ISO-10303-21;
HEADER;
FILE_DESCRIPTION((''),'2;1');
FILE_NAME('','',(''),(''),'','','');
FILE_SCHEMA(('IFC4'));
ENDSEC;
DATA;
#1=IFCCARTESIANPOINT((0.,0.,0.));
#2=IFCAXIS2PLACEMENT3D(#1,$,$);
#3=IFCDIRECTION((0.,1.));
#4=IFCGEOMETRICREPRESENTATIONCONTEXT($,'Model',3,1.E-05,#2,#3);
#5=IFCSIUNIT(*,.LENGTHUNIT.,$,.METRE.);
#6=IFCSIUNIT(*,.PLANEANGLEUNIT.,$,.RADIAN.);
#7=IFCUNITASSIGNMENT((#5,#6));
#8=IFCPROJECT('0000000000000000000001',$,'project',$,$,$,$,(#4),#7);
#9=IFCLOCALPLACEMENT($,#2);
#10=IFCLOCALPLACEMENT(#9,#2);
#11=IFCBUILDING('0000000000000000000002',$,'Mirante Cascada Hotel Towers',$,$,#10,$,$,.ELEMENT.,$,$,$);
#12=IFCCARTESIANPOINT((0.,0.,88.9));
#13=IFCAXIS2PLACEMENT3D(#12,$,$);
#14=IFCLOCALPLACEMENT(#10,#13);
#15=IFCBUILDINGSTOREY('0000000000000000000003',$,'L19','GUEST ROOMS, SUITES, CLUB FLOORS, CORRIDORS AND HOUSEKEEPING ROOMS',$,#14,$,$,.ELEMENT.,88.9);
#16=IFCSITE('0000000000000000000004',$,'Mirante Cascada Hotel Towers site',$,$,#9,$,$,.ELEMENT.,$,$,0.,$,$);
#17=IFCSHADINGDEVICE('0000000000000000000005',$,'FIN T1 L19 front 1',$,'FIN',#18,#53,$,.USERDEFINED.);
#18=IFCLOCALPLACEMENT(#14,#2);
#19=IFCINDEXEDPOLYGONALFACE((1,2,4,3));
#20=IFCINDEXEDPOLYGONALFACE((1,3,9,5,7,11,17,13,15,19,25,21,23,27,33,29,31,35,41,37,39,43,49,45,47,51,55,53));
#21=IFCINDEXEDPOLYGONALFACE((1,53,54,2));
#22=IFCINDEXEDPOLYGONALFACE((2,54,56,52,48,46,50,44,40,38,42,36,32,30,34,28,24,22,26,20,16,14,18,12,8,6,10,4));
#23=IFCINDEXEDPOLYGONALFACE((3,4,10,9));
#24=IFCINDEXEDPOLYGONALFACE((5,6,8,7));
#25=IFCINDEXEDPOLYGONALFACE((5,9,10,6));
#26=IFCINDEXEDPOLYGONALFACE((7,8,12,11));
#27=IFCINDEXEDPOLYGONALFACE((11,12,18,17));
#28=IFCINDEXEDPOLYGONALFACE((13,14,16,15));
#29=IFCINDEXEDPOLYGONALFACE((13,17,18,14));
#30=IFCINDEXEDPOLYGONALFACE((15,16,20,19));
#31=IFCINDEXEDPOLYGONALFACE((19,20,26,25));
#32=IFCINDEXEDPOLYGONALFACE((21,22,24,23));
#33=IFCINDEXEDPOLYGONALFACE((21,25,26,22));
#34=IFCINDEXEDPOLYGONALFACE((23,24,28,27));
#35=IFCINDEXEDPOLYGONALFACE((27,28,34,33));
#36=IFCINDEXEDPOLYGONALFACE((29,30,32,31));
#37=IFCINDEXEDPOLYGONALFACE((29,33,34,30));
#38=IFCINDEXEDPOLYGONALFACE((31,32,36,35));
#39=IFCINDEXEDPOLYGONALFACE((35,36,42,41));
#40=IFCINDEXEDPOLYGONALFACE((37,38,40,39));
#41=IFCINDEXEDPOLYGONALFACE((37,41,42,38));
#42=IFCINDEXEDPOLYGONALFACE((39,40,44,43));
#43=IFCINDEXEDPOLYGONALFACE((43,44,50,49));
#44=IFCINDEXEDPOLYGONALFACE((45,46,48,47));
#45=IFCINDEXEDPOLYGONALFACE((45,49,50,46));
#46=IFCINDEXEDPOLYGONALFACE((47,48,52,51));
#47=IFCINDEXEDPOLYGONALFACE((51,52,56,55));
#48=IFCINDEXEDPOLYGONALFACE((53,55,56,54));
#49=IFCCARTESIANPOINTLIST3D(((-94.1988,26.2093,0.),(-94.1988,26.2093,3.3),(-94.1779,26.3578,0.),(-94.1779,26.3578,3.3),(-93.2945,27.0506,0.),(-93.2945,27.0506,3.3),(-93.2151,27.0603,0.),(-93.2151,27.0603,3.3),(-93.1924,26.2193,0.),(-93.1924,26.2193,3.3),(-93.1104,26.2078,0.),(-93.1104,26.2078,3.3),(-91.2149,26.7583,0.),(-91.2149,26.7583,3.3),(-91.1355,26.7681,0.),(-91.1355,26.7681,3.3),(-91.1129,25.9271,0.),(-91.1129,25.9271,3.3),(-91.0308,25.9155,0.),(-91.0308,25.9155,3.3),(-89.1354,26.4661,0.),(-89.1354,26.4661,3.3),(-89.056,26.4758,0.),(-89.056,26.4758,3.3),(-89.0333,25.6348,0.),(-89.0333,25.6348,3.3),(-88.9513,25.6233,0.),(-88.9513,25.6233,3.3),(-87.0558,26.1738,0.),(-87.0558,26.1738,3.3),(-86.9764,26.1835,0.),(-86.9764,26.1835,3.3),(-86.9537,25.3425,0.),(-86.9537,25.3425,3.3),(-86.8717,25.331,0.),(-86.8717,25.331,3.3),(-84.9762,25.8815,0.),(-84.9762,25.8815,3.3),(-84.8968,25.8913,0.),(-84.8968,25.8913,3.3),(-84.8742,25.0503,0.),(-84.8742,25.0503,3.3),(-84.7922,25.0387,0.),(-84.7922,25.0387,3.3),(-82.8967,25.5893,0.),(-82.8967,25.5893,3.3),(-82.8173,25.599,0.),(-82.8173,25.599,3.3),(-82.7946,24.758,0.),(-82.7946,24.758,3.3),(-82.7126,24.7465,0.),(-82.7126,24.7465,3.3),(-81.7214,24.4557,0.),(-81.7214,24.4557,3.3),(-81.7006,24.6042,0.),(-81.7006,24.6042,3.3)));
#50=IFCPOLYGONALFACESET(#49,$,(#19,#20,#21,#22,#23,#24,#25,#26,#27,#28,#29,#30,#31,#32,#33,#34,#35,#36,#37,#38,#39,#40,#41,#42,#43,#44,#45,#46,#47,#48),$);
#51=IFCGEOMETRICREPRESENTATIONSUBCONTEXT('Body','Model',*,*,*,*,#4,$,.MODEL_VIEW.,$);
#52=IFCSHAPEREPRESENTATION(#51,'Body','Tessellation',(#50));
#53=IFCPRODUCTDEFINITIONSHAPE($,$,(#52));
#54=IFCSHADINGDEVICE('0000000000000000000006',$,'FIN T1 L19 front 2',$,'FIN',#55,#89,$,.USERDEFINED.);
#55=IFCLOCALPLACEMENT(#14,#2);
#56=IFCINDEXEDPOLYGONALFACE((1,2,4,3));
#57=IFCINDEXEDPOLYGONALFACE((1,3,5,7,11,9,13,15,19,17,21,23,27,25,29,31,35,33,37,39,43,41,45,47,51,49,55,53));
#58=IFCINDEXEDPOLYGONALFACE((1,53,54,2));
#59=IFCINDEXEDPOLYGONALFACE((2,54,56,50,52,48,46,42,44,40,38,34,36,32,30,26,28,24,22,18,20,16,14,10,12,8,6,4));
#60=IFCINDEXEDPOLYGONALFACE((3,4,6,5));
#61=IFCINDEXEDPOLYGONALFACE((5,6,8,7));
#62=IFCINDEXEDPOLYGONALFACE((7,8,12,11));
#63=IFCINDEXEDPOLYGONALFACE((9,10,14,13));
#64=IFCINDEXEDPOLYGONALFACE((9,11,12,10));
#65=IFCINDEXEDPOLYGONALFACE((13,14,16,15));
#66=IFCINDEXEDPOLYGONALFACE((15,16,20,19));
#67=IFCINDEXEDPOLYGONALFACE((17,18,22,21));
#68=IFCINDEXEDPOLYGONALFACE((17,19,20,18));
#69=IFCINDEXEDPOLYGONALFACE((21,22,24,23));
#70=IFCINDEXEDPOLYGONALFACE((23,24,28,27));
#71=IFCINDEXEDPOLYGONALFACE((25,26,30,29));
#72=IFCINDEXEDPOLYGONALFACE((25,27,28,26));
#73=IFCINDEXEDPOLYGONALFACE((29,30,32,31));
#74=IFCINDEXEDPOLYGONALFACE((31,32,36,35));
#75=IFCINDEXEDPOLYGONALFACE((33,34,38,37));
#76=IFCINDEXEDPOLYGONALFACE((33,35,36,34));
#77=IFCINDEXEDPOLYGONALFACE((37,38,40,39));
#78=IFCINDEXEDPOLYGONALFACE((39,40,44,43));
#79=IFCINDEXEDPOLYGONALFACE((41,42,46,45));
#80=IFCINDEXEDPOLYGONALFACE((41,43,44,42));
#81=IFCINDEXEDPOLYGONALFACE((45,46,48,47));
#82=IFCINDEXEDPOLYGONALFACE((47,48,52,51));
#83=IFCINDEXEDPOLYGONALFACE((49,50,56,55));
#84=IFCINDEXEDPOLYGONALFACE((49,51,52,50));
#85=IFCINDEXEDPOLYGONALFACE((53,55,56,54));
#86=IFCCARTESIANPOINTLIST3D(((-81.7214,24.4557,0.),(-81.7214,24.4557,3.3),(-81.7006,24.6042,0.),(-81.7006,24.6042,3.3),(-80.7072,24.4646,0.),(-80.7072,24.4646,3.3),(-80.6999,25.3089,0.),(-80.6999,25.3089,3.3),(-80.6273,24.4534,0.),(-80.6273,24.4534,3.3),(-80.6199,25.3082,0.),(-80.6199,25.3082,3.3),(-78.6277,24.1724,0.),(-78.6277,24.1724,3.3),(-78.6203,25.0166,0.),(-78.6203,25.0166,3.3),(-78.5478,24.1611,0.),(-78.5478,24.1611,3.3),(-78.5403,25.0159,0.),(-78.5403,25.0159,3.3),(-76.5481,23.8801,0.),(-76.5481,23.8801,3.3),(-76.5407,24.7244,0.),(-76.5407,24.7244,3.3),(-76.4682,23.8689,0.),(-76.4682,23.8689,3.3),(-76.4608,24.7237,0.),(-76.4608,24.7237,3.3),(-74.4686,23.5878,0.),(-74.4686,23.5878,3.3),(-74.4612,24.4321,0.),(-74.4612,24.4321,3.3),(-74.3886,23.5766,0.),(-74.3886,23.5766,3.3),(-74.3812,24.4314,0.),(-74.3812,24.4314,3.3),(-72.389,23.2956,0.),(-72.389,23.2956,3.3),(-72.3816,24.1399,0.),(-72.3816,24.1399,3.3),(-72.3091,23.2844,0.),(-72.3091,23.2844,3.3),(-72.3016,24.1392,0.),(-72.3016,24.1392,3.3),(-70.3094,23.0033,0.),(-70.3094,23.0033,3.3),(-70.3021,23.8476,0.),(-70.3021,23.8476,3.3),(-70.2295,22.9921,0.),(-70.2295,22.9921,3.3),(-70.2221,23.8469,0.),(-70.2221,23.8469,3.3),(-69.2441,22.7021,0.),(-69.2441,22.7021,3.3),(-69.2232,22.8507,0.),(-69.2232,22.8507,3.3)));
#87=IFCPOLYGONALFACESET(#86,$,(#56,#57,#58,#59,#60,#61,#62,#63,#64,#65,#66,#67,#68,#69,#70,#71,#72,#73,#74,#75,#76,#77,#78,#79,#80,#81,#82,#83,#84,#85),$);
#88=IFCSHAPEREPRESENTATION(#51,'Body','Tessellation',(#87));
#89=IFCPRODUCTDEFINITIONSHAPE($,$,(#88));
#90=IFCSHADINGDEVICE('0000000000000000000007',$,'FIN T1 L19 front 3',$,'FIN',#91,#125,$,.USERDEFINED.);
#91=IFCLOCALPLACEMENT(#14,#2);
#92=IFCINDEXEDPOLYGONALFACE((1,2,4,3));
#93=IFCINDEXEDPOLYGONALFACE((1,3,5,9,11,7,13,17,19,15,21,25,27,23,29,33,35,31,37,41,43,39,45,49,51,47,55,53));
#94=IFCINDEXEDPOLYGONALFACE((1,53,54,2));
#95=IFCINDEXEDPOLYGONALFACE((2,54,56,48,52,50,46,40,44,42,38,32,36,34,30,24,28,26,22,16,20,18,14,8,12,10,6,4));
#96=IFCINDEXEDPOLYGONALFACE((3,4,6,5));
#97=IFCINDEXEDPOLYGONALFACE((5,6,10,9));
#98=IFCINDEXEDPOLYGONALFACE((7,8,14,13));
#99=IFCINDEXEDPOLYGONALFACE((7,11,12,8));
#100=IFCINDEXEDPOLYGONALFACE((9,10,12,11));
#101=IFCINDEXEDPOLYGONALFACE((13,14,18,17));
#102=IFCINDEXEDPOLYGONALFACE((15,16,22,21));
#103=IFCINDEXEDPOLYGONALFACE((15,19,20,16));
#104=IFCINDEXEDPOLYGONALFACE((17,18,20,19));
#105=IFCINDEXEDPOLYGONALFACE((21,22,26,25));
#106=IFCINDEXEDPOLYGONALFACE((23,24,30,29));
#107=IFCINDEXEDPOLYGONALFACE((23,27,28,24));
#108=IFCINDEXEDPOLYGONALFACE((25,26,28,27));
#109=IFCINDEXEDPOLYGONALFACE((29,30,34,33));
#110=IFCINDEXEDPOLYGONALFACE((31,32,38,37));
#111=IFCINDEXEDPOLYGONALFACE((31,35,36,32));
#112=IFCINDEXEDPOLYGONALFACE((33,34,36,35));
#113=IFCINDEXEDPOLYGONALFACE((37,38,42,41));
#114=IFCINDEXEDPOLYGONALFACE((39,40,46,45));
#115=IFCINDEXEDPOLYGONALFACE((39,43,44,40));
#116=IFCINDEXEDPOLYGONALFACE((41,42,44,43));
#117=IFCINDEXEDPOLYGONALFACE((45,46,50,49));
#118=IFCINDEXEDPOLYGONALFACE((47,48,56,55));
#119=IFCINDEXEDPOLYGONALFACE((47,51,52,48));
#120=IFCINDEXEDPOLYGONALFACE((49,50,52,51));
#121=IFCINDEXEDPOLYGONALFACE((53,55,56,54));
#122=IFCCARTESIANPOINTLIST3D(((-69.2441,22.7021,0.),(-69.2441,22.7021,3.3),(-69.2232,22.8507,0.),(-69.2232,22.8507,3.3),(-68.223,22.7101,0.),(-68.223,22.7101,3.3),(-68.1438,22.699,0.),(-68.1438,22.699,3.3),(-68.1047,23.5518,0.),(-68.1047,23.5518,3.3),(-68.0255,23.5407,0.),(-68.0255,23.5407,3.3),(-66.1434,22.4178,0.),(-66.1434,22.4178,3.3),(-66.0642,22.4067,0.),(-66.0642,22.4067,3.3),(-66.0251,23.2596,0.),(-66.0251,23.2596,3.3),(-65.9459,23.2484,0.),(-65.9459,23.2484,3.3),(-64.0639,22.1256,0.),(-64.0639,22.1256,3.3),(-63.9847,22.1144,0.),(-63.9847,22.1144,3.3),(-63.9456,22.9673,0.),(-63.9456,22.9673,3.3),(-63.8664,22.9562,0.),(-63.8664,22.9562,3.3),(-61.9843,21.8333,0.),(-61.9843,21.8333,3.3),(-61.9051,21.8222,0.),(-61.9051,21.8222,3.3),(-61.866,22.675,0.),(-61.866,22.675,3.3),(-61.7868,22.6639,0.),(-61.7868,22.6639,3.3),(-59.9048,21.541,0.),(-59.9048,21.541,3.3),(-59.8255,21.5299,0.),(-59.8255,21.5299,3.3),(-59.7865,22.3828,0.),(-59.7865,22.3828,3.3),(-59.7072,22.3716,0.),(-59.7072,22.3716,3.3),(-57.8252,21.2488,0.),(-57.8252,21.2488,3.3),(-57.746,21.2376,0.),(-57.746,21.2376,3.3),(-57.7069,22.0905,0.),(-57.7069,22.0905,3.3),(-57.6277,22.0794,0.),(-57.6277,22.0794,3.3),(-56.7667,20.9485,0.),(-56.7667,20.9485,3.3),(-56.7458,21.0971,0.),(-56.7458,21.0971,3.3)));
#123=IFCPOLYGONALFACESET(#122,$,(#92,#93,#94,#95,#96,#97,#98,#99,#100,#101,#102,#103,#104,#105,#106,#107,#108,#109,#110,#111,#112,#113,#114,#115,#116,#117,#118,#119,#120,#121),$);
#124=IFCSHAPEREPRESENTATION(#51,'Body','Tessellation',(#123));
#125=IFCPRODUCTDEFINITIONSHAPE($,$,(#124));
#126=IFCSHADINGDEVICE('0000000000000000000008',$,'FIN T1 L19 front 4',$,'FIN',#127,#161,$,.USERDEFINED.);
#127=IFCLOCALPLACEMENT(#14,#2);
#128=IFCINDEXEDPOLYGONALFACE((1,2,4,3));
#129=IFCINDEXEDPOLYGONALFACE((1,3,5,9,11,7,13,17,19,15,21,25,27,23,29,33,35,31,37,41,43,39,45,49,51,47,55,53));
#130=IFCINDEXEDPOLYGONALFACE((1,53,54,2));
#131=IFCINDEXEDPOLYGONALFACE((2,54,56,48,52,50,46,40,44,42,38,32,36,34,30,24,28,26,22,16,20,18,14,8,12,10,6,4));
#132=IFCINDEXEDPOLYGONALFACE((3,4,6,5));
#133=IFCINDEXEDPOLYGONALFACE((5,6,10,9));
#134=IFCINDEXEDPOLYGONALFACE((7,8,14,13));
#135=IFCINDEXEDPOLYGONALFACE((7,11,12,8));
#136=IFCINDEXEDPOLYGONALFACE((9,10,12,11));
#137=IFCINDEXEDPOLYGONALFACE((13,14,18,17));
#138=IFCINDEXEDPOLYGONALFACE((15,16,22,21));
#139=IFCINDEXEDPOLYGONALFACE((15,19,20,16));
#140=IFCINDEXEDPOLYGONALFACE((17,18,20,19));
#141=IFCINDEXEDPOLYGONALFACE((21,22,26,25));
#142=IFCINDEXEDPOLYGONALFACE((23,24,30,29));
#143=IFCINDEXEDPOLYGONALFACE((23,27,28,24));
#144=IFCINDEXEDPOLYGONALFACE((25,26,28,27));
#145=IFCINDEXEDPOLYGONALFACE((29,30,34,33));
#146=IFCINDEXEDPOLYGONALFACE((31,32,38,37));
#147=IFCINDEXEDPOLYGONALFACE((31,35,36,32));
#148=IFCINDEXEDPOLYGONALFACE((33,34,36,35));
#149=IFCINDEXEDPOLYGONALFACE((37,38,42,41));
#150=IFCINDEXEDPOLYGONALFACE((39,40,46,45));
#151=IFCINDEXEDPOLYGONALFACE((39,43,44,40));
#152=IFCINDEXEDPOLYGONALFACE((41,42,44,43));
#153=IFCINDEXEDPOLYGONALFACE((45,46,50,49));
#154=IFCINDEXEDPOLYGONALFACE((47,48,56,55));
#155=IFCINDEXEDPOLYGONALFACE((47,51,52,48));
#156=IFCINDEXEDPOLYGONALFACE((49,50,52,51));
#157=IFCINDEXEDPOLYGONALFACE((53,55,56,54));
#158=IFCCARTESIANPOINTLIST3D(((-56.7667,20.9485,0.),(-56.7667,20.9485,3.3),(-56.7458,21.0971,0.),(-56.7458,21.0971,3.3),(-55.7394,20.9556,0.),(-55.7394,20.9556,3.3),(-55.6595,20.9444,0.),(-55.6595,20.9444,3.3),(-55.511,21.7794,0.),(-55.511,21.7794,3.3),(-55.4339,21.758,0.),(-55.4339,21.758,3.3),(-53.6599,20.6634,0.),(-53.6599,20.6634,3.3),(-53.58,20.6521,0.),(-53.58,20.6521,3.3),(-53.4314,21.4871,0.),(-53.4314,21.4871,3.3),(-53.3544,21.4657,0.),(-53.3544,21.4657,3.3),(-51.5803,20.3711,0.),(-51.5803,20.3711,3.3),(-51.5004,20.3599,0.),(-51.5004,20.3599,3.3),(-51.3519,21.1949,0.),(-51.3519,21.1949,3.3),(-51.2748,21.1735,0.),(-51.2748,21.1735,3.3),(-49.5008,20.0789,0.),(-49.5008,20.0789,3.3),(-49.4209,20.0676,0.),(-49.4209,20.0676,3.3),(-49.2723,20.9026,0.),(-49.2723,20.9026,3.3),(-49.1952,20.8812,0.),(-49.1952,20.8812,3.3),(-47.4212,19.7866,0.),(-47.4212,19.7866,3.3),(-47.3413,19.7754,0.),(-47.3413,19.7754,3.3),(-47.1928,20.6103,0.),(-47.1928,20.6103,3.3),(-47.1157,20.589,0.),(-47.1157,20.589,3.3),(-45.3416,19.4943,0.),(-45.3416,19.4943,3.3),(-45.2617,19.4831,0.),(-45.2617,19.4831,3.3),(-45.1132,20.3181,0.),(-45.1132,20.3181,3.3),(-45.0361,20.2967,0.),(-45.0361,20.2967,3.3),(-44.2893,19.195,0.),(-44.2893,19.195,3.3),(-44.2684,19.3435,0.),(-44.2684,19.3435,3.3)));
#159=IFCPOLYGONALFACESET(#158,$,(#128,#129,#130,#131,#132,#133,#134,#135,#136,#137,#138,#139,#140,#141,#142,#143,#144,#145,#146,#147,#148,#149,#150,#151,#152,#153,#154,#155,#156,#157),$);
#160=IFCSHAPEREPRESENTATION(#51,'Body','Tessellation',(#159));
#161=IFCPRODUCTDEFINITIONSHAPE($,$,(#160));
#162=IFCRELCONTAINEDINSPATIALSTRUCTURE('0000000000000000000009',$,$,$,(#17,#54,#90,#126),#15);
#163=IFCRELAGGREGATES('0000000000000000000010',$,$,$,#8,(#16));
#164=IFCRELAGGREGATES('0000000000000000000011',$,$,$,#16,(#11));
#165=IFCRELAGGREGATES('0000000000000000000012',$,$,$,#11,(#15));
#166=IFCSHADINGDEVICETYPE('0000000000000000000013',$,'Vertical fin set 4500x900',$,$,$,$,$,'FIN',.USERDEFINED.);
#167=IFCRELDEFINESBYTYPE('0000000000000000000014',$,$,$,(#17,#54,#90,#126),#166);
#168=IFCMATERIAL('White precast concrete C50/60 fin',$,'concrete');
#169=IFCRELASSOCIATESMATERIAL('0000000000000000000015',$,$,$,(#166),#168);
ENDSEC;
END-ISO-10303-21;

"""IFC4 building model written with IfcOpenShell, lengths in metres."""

from ifc_helpers import new_model, si_unit, direction, frame, origin, place, context, subcontext, project, spatial, polyline, outline, extrude, material, type_object, element, save


model = new_model("IFC4")

# Units and contexts
model_context = context("Model", 3, precision=1e-05, world=origin(), true_north=direction((0.0, 1.0)))
body_context = subcontext(model_context, "Body", "Model", "MODEL_VIEW")
ifc_project = project(units=[si_unit("LENGTHUNIT", "METRE"), si_unit("PLANEANGLEUNIT", "RADIAN")], contexts=[model_context])

# Site, building, storey
site_placement = place(None, origin())
site = spatial("IfcSite", under=ifc_project, at=site_placement, Name="Mirante Cascada Hotel Towers site", CompositionType="ELEMENT", RefElevation=0.0)
building_placement = place(site_placement, origin())
building = spatial("IfcBuilding", under=site, at=building_placement, Name="Mirante Cascada Hotel Towers", CompositionType="ELEMENT")
storey_placement = place(building_placement, frame((0.0, 0.0, 88.9)))
storey = spatial("IfcBuildingStorey", under=building, at=storey_placement, Name="L19", Description="GUEST ROOMS, SUITES, CLUB FLOORS, CORRIDORS AND HOUSEKEEPING ROOMS", CompositionType="ELEMENT", Elevation=88.9)

# Shading devices
ifc_material_1 = material(Name="White precast concrete C50/60 fin", Category="concrete")
shading_device_type = type_object("IfcShadingDeviceType", Name="Vertical fin set 4500x900", ElementType="FIN", PredefinedType="USERDEFINED", material=ifc_material_1)
shading_device_1_placement = place(storey_placement, origin())
element("IfcShadingDevice", 1, at=shading_device_1_placement, inside=storey, type_object=shading_device_type, Name="FIN T1 L19 front 1", ObjectType="FIN", PredefinedType="USERDEFINED", context=body_context, shape_type="SweptSolid", body=[
    extrude(outline(polyline([(-82.8173, 25.599), (-82.7126, 24.7465), (-81.7006, 24.6042), (-81.7214, 24.4557), (-94.1988, 26.2093), (-94.1779, 26.3578), (-93.1924, 26.2193), (-93.2945, 27.0506), (-93.2151, 27.0603), (-93.1104, 26.2078), (-91.1129, 25.9271), (-91.2149, 26.7583), (-91.1355, 26.7681), (-91.0308, 25.9155), (-89.0333, 25.6348), (-89.1354, 26.4661), (-89.056, 26.4758), (-88.9513, 25.6233), (-86.9537, 25.3425), (-87.0558, 26.1738), (-86.9764, 26.1835), (-86.8717, 25.331), (-84.8742, 25.0503), (-84.9762, 25.8815), (-84.8968, 25.8913), (-84.7922, 25.0387), (-82.7946, 24.758), (-82.8967, 25.5893), (-82.8173, 25.599)])), origin(), (0.0, 0.0, 1.0), 3.3),
])
shading_device_2_placement = place(storey_placement, origin())
element("IfcShadingDevice", 2, at=shading_device_2_placement, inside=storey, type_object=shading_device_type, Name="FIN T1 L19 front 2", ObjectType="FIN", PredefinedType="USERDEFINED", context=body_context, shape_type="SweptSolid", body=[
    extrude(outline(polyline([(-70.2221, 23.8469), (-70.2295, 22.9921), (-69.2232, 22.8507), (-69.2441, 22.7021), (-81.7214, 24.4557), (-81.7006, 24.6042), (-80.7072, 24.4646), (-80.6999, 25.3089), (-80.6199, 25.3082), (-80.6273, 24.4534), (-78.6277, 24.1724), (-78.6203, 25.0166), (-78.5403, 25.0159), (-78.5478, 24.1611), (-76.5481, 23.8801), (-76.5407, 24.7244), (-76.4608, 24.7237), (-76.4682, 23.8689), (-74.4686, 23.5878), (-74.4612, 24.4321), (-74.3812, 24.4314), (-74.3886, 23.5766), (-72.389, 23.2956), (-72.3816, 24.1399), (-72.3016, 24.1392), (-72.3091, 23.2844), (-70.3094, 23.0033), (-70.3021, 23.8476), (-70.2221, 23.8469)])), origin(), (0.0, 0.0, 1.0), 3.3),
])
shading_device_3_placement = place(storey_placement, origin())
element("IfcShadingDevice", 3, at=shading_device_3_placement, inside=storey, type_object=shading_device_type, Name="FIN T1 L19 front 3", ObjectType="FIN", PredefinedType="USERDEFINED", context=body_context, shape_type="SweptSolid", body=[
    extrude(outline(polyline([(-57.6277, 22.0794), (-57.746, 21.2376), (-56.7458, 21.0971), (-56.7667, 20.9485), (-69.2441, 22.7021), (-69.2232, 22.8507), (-68.223, 22.7101), (-68.1047, 23.5518), (-68.0255, 23.5407), (-68.1438, 22.699), (-66.1434, 22.4178), (-66.0251, 23.2596), (-65.9459, 23.2484), (-66.0642, 22.4067), (-64.0639, 22.1256), (-63.9456, 22.9673), (-63.8664, 22.9562), (-63.9847, 22.1144), (-61.9843, 21.8333), (-61.866, 22.675), (-61.7868, 22.6639), (-61.9051, 21.8222), (-59.9048, 21.541), (-59.7865, 22.3828), (-59.7072, 22.3716), (-59.8255, 21.5299), (-57.8252, 21.2488), (-57.7069, 22.0905), (-57.6277, 22.0794)])), origin(), (0.0, 0.0, 1.0), 3.3),
])
shading_device_4_placement = place(storey_placement, origin())
element("IfcShadingDevice", 4, at=shading_device_4_placement, inside=storey, type_object=shading_device_type, Name="FIN T1 L19 front 4", ObjectType="FIN", PredefinedType="USERDEFINED", context=body_context, shape_type="SweptSolid", body=[
    extrude(outline(polyline([(-45.0361, 20.2967), (-45.2617, 19.4831), (-44.2684, 19.3435), (-44.2893, 19.195), (-56.7667, 20.9485), (-56.7458, 21.0971), (-55.7394, 20.9556), (-55.511, 21.7794), (-55.4339, 21.758), (-55.6595, 20.9444), (-53.6599, 20.6634), (-53.4314, 21.4871), (-53.3544, 21.4657), (-53.58, 20.6521), (-51.5803, 20.3711), (-51.3519, 21.1949), (-51.2748, 21.1735), (-51.5004, 20.3599), (-49.5008, 20.0789), (-49.2723, 20.9026), (-49.1952, 20.8812), (-49.4209, 20.0676), (-47.4212, 19.7866), (-47.1928, 20.6103), (-47.1157, 20.589), (-47.3413, 19.7754), (-45.3416, 19.4943), (-45.1132, 20.3181), (-45.0361, 20.2967)])), origin(), (0.0, 0.0, 1.0), 3.3),
])

save(model, "model.ifc")
